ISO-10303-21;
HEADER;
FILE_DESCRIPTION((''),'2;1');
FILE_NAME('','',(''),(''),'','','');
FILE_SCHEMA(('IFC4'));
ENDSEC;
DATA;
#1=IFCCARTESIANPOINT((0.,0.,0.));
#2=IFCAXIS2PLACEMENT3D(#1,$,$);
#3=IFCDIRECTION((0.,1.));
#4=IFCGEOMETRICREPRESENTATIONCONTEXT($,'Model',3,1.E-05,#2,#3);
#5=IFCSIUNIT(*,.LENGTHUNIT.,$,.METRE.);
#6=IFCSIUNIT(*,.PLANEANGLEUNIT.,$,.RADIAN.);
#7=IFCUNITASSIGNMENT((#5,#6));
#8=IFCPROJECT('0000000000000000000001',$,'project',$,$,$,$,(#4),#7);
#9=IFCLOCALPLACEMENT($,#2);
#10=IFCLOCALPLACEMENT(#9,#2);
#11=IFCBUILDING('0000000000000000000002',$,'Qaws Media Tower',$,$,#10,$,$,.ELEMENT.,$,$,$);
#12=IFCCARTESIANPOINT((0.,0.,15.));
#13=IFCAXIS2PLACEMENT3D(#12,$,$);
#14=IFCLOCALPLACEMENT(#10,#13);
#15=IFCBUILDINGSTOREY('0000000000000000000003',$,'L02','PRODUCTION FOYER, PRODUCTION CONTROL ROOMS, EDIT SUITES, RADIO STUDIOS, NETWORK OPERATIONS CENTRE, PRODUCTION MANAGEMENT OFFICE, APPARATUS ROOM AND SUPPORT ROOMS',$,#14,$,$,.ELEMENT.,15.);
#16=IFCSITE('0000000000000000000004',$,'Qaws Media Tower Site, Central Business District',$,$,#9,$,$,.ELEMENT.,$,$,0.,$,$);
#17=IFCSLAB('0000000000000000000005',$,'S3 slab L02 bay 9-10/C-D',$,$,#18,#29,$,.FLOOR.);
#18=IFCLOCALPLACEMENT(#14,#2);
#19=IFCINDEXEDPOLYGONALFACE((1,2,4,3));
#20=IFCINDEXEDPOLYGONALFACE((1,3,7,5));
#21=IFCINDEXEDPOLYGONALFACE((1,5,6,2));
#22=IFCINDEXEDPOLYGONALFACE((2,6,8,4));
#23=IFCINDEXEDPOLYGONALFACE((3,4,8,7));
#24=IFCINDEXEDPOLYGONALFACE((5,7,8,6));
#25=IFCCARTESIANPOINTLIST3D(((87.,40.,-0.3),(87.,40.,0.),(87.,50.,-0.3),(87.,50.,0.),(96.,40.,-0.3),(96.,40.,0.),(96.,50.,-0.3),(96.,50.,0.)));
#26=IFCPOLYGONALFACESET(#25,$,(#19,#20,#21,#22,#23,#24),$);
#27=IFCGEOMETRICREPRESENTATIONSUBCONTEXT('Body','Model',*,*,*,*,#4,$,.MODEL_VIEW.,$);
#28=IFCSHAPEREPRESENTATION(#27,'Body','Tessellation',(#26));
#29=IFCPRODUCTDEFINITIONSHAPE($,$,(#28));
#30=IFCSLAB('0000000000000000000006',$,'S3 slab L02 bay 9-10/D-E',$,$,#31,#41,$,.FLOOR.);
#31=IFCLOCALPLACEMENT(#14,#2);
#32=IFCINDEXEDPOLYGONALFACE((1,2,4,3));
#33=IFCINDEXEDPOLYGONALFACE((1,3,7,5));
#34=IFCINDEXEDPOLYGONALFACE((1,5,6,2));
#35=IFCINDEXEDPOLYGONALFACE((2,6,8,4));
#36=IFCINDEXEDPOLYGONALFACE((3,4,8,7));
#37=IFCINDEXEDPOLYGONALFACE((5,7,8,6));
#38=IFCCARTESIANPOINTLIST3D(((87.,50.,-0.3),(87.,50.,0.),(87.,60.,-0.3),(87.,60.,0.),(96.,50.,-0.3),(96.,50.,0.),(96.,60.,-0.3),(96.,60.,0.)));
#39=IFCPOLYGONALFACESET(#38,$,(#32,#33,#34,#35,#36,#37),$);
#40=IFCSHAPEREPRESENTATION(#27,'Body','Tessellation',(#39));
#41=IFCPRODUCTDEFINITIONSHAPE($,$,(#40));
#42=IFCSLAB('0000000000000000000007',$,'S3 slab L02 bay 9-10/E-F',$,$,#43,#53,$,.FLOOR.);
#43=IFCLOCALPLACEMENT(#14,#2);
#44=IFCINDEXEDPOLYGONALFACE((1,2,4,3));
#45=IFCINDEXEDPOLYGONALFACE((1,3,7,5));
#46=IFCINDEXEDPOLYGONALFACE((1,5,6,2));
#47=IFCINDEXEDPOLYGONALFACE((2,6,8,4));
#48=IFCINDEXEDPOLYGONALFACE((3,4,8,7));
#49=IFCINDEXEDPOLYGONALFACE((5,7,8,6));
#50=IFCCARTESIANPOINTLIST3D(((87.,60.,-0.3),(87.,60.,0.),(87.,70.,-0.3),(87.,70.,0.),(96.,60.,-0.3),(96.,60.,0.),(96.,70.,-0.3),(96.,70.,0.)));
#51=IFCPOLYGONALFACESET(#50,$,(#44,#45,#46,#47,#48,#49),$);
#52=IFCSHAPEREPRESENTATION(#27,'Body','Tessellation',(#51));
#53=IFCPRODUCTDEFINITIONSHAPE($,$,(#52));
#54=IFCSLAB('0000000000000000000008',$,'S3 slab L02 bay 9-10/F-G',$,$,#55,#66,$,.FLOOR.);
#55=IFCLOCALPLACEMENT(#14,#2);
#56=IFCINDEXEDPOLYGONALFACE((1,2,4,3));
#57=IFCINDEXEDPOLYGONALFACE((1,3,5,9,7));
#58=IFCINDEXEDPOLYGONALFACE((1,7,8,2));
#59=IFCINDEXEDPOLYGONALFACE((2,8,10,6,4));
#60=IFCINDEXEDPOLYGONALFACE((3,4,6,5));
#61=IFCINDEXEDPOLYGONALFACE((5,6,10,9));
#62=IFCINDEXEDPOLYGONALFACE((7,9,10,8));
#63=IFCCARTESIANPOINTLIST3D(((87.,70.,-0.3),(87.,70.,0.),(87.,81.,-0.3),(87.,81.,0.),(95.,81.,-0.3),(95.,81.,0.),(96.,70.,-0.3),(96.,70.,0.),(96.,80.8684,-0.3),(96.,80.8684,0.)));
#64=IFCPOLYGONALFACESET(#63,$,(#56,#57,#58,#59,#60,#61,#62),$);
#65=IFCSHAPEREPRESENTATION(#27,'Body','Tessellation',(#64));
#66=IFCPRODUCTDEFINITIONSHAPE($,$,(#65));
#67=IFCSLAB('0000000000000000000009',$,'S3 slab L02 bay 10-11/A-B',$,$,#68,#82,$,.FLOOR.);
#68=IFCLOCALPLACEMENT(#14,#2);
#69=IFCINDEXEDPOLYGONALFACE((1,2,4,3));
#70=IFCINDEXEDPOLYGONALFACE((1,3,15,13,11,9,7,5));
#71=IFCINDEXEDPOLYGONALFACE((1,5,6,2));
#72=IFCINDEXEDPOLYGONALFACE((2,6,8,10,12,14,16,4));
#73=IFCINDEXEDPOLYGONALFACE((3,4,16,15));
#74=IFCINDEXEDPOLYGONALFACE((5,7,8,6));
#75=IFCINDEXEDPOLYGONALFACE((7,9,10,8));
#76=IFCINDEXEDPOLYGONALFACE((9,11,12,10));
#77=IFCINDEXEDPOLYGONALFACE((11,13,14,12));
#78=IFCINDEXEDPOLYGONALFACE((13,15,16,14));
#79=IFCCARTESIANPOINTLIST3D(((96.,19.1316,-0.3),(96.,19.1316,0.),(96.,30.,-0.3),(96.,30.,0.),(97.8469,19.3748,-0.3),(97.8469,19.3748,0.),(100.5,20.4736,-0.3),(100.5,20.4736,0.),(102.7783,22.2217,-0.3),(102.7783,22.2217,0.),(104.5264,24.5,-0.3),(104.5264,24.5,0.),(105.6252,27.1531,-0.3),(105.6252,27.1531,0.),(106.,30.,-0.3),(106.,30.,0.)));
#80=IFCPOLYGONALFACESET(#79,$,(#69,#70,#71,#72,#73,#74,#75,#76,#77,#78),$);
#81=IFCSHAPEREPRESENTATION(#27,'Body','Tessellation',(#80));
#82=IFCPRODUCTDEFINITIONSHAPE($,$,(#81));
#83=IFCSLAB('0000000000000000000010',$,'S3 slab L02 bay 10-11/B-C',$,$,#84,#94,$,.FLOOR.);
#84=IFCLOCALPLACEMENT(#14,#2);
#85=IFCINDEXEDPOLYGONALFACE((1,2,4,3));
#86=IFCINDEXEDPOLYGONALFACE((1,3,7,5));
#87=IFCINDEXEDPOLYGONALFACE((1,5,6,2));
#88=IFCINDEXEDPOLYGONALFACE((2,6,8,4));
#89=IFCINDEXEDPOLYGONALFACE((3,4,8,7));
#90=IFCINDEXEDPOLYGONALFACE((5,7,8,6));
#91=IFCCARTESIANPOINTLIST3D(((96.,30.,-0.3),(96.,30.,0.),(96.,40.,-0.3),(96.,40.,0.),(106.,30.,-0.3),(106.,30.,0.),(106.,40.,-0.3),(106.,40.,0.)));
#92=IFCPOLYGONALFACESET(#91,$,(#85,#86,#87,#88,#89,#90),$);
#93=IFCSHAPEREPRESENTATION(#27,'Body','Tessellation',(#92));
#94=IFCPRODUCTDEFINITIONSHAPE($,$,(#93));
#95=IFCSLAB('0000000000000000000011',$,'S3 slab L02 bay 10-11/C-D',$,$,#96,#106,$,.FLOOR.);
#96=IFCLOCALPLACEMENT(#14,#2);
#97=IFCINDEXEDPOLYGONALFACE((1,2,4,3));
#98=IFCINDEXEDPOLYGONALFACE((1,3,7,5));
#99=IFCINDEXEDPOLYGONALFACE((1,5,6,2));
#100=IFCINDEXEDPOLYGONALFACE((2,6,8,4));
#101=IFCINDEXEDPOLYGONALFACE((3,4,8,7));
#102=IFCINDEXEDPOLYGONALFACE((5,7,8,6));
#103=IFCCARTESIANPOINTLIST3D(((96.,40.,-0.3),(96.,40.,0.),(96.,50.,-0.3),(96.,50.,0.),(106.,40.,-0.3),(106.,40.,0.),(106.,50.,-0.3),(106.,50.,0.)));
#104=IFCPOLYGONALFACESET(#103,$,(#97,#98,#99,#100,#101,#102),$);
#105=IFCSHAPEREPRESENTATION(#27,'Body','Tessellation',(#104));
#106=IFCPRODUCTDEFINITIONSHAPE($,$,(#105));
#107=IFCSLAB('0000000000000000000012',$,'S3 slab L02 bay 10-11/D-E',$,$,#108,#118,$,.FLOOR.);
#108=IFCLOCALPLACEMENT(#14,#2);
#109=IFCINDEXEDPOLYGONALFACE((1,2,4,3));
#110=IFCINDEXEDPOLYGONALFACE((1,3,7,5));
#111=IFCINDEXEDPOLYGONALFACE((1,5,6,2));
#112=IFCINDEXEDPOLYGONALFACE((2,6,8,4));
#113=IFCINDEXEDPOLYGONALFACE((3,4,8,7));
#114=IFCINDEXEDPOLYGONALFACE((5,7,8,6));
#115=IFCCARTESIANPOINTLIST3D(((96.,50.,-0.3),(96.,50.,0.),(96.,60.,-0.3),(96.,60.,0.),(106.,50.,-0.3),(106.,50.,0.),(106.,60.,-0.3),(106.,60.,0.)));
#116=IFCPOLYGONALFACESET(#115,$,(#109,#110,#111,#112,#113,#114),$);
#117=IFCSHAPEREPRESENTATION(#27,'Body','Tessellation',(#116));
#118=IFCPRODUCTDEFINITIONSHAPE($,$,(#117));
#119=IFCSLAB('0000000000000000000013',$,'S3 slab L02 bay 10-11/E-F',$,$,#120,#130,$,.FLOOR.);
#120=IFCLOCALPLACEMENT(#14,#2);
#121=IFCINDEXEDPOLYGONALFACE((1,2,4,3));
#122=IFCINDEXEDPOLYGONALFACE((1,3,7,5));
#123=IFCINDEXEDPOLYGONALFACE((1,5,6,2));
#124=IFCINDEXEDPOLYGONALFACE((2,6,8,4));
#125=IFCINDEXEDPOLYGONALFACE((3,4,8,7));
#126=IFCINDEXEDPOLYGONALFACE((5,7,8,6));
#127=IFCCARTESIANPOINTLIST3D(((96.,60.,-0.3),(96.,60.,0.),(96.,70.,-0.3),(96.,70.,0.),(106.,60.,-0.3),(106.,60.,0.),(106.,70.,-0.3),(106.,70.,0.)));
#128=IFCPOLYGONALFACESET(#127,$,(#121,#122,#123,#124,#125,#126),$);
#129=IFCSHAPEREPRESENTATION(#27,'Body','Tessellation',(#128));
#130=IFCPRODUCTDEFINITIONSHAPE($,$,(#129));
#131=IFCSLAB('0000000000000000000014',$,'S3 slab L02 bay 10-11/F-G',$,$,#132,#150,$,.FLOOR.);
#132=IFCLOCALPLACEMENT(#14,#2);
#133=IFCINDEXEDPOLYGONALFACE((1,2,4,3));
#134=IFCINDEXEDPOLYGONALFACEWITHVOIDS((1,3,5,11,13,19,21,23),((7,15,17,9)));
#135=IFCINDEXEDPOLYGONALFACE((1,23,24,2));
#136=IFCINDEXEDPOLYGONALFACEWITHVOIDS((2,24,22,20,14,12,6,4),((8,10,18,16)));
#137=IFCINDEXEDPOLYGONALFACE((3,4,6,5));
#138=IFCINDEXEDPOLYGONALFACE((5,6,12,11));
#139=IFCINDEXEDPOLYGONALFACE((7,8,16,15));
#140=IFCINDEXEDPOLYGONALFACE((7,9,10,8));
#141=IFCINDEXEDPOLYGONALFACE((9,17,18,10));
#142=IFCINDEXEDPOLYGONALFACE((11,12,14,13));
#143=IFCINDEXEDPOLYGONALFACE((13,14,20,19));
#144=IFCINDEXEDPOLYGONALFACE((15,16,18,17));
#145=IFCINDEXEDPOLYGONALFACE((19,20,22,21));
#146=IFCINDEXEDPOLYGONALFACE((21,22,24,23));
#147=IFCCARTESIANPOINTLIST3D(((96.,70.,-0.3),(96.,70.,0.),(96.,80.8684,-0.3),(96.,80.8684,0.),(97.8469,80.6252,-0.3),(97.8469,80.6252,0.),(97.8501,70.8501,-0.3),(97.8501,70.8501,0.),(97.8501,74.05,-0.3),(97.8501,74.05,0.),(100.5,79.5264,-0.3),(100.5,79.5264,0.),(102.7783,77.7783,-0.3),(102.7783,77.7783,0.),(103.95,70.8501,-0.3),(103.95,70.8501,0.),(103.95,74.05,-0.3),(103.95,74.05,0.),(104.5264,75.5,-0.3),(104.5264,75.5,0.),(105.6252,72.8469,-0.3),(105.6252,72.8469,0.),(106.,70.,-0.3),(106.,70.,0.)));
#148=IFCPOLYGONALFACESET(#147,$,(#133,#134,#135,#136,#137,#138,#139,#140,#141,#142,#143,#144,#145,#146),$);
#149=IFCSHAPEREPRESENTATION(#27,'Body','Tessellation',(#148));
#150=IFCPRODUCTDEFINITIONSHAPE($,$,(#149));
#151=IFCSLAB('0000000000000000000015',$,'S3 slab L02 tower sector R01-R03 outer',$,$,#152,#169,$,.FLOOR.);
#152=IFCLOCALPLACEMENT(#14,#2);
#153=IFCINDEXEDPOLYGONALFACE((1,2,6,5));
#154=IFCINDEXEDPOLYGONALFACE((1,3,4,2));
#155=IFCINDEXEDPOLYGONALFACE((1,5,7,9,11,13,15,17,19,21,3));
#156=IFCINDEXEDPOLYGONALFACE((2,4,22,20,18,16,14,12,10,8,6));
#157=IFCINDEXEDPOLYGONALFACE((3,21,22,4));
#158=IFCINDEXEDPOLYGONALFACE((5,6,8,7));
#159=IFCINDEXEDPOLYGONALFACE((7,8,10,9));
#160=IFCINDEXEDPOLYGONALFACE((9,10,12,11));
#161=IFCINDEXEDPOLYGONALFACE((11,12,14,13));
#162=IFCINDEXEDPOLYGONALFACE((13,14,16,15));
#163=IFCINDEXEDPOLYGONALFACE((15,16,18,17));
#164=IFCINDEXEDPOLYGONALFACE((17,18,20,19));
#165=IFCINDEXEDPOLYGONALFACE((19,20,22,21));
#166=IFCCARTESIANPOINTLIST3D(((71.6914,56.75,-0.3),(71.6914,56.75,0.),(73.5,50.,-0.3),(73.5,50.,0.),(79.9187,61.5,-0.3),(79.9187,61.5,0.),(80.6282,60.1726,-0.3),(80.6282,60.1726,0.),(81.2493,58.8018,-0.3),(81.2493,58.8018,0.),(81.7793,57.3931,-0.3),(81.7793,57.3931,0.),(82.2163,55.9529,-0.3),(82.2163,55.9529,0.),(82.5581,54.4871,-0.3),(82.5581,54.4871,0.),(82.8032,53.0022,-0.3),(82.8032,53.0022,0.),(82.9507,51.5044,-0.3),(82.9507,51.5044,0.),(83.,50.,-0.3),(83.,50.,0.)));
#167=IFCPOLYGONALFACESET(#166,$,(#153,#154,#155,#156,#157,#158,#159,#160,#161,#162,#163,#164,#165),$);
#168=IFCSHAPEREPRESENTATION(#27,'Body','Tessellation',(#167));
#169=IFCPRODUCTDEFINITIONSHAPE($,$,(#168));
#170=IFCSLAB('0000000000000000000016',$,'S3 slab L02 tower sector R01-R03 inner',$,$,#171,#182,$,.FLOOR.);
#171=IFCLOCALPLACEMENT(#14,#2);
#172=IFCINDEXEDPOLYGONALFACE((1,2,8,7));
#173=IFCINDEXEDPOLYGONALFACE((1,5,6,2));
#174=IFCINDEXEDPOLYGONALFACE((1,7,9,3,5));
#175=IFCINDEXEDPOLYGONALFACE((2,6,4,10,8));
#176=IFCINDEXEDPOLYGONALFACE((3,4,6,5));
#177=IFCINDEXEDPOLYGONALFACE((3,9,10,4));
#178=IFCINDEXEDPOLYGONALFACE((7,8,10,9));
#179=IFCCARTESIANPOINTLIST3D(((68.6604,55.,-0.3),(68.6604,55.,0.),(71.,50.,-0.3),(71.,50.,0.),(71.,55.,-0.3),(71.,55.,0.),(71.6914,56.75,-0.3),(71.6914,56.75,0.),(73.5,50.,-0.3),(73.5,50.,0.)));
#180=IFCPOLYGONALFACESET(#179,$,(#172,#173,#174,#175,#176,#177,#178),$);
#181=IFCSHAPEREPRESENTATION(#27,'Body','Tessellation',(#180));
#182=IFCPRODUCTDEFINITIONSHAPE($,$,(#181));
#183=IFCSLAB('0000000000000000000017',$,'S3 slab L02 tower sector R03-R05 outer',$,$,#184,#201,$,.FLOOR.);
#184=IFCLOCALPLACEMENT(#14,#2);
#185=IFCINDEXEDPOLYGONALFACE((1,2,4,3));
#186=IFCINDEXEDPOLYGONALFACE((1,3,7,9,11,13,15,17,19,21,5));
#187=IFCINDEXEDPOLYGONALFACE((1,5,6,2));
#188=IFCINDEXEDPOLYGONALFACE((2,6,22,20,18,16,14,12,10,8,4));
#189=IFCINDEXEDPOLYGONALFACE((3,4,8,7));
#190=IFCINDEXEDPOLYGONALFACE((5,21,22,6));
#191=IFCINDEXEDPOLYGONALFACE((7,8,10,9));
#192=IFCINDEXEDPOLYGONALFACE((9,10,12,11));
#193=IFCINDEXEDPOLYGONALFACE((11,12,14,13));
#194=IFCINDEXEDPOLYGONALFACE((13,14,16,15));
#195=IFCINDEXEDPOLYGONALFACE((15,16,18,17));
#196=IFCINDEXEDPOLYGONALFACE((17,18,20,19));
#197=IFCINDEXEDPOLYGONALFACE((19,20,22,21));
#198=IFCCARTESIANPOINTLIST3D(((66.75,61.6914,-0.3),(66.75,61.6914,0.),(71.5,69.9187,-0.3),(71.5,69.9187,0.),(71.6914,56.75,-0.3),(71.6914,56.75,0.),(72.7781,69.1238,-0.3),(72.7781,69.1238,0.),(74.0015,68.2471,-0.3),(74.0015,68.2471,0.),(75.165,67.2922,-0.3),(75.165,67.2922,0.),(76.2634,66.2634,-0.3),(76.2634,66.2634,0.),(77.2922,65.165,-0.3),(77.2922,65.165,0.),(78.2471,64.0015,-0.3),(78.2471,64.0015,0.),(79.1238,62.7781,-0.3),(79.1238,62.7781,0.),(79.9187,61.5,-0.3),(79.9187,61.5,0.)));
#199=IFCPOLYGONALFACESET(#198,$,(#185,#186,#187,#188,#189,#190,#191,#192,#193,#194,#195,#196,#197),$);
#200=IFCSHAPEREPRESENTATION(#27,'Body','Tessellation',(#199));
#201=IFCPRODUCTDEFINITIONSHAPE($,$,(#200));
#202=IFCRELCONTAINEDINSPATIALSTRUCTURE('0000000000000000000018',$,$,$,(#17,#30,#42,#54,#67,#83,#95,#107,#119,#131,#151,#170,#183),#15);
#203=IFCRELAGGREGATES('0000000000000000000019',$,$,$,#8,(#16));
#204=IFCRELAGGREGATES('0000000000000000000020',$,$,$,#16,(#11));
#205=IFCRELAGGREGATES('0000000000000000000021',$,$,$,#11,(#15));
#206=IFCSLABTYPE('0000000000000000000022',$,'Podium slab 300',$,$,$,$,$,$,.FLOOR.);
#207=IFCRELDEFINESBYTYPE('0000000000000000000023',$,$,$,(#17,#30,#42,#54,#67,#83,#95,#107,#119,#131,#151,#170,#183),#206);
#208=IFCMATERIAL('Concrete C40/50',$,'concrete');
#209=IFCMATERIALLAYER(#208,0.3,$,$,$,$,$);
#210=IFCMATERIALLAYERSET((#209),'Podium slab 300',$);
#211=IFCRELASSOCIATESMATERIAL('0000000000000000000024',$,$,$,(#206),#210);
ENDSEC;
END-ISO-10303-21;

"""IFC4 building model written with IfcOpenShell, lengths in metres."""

from ifc_helpers import new_model, si_unit, direction, frame, origin, place, context, subcontext, project, spatial, polyline, outline, extrude, material, layer, layer_set, type_object, element, save


model = new_model("IFC4")

# Units and contexts
model_context = context("Model", 3, precision=1e-05, world=origin(), true_north=direction((0.0, 1.0)))
body_context = subcontext(model_context, "Body", "Model", "MODEL_VIEW")
ifc_project = project(units=[si_unit("LENGTHUNIT", "METRE"), si_unit("PLANEANGLEUNIT", "RADIAN")], contexts=[model_context])

# Site, building, storey
site_placement = place(None, origin())
site = spatial("IfcSite", under=ifc_project, at=site_placement, Name="Qaws Media Tower Site, Central Business District", CompositionType="ELEMENT", RefElevation=0.0)
building_placement = place(site_placement, origin())
building = spatial("IfcBuilding", under=site, at=building_placement, Name="Qaws Media Tower", CompositionType="ELEMENT")
storey_placement = place(building_placement, frame((0.0, 0.0, 15.0)))
storey = spatial("IfcBuildingStorey", under=building, at=storey_placement, Name="L02", Description="PRODUCTION FOYER, PRODUCTION CONTROL ROOMS, EDIT SUITES, RADIO STUDIOS, NETWORK OPERATIONS CENTRE, PRODUCTION MANAGEMENT OFFICE, APPARATUS ROOM AND SUPPORT ROOMS", CompositionType="ELEMENT", Elevation=15.0)

# Slabs
ifc_material = material(Name="Concrete C40/50", Category="concrete")
ifc_layer = layer(ifc_material, 0.3)
ifc_layer_set = layer_set([ifc_layer], Name="Podium slab 300")
slab_type = type_object("IfcSlabType", Name="Podium slab 300", PredefinedType="FLOOR", material=ifc_layer_set)
slab_1_placement = place(storey_placement, frame((0.0, 0.0, -0.3)))
element("IfcSlab", 1, at=slab_1_placement, inside=storey, type_object=slab_type, Name="S3 slab L02 bay 9-10/C-D", PredefinedType="FLOOR", context=body_context, shape_type="SweptSolid", body=[
    extrude(outline(polyline([(87.0, 40.0), (87.0, 50.0), (96.0, 50.0), (96.0, 40.0), (87.0, 40.0)])), origin(), (0.0, 0.0, 1.0), 0.3),
])
slab_2_placement = place(storey_placement, frame((0.0, 0.0, -0.3)))
element("IfcSlab", 2, at=slab_2_placement, inside=storey, type_object=slab_type, Name="S3 slab L02 bay 9-10/D-E", PredefinedType="FLOOR", context=body_context, shape_type="SweptSolid", body=[
    extrude(outline(polyline([(87.0, 50.0), (87.0, 60.0), (96.0, 60.0), (96.0, 50.0), (87.0, 50.0)])), origin(), (0.0, 0.0, 1.0), 0.3),
])
slab_3_placement = place(storey_placement, frame((0.0, 0.0, -0.3)))
element("IfcSlab", 3, at=slab_3_placement, inside=storey, type_object=slab_type, Name="S3 slab L02 bay 9-10/E-F", PredefinedType="FLOOR", context=body_context, shape_type="SweptSolid", body=[
    extrude(outline(polyline([(87.0, 60.0), (87.0, 70.0), (96.0, 70.0), (96.0, 60.0), (87.0, 60.0)])), origin(), (0.0, 0.0, 1.0), 0.3),
])
slab_4_placement = place(storey_placement, frame((0.0, 0.0, -0.3)))
element("IfcSlab", 4, at=slab_4_placement, inside=storey, type_object=slab_type, Name="S3 slab L02 bay 9-10/F-G", PredefinedType="FLOOR", context=body_context, shape_type="SweptSolid", body=[
    extrude(outline(polyline([(95.0, 81.0), (96.0, 80.8684), (96.0, 70.0), (87.0, 70.0), (87.0, 81.0), (95.0, 81.0)])), origin(), (0.0, 0.0, 1.0), 0.3),
])
slab_5_placement = place(storey_placement, frame((0.0, 0.0, -0.3)))
element("IfcSlab", 5, at=slab_5_placement, inside=storey, type_object=slab_type, Name="S3 slab L02 bay 10-11/A-B", PredefinedType="FLOOR", context=body_context, shape_type="SweptSolid", body=[
    extrude(outline(polyline([(105.6252, 27.1531), (104.5264, 24.5), (102.7783, 22.2217), (100.5, 20.4736), (97.8469, 19.3748), (96.0, 19.1316), (96.0, 30.0), (106.0, 30.0), (105.6252, 27.1531)])), origin(), (0.0, 0.0, 1.0), 0.3),
])
slab_6_placement = place(storey_placement, frame((0.0, 0.0, -0.3)))
element("IfcSlab", 6, at=slab_6_placement, inside=storey, type_object=slab_type, Name="S3 slab L02 bay 10-11/B-C", PredefinedType="FLOOR", context=body_context, shape_type="SweptSolid", body=[
    extrude(outline(polyline([(106.0, 30.0), (96.0, 30.0), (96.0, 40.0), (106.0, 40.0), (106.0, 30.0)])), origin(), (0.0, 0.0, 1.0), 0.3),
])
slab_7_placement = place(storey_placement, frame((0.0, 0.0, -0.3)))
element("IfcSlab", 7, at=slab_7_placement, inside=storey, type_object=slab_type, Name="S3 slab L02 bay 10-11/C-D", PredefinedType="FLOOR", context=body_context, shape_type="SweptSolid", body=[
    extrude(outline(polyline([(106.0, 40.0), (96.0, 40.0), (96.0, 50.0), (106.0, 50.0), (106.0, 40.0)])), origin(), (0.0, 0.0, 1.0), 0.3),
])
slab_8_placement = place(storey_placement, frame((0.0, 0.0, -0.3)))
element("IfcSlab", 8, at=slab_8_placement, inside=storey, type_object=slab_type, Name="S3 slab L02 bay 10-11/D-E", PredefinedType="FLOOR", context=body_context, shape_type="SweptSolid", body=[
    extrude(outline(polyline([(106.0, 50.0), (96.0, 50.0), (96.0, 60.0), (106.0, 60.0), (106.0, 50.0)])), origin(), (0.0, 0.0, 1.0), 0.3),
])
slab_9_placement = place(storey_placement, frame((0.0, 0.0, -0.3)))
element("IfcSlab", 9, at=slab_9_placement, inside=storey, type_object=slab_type, Name="S3 slab L02 bay 10-11/E-F", PredefinedType="FLOOR", context=body_context, shape_type="SweptSolid", body=[
    extrude(outline(polyline([(106.0, 60.0), (96.0, 60.0), (96.0, 70.0), (106.0, 70.0), (106.0, 60.0)])), origin(), (0.0, 0.0, 1.0), 0.3),
])
slab_10_placement = place(storey_placement, frame((0.0, 0.0, -0.3)))
element("IfcSlab", 10, at=slab_10_placement, inside=storey, type_object=slab_type, Name="S3 slab L02 bay 10-11/F-G", PredefinedType="FLOOR", context=body_context, shape_type="SweptSolid", body=[
    extrude(outline(polyline([(97.8469, 80.6252), (100.5, 79.5264), (102.7783, 77.7783), (104.5264, 75.5), (105.6252, 72.8469), (106.0, 70.0), (96.0, 70.0), (96.0, 80.8684), (97.8469, 80.6252)]), holes=[polyline([(97.8501, 74.05), (97.8501, 70.8501), (103.95, 70.8501), (103.95, 74.05), (97.8501, 74.05)])]), origin(), (0.0, 0.0, 1.0), 0.3),
])
slab_11_placement = place(storey_placement, frame((0.0, 0.0, -0.3)))
element("IfcSlab", 11, at=slab_11_placement, inside=storey, type_object=slab_type, Name="S3 slab L02 tower sector R01-R03 outer", PredefinedType="FLOOR", context=body_context, shape_type="SweptSolid", body=[
    extrude(outline(polyline([(82.8032, 53.0022), (82.9507, 51.5044), (83.0, 50.0), (73.5, 50.0), (71.6914, 56.75), (79.9187, 61.5), (80.6282, 60.1726), (81.2493, 58.8018), (81.7793, 57.3931), (82.2163, 55.9529), (82.5581, 54.4871), (82.8032, 53.0022)])), origin(), (0.0, 0.0, 1.0), 0.3),
])
slab_12_placement = place(storey_placement, frame((0.0, 0.0, -0.3)))
element("IfcSlab", 12, at=slab_12_placement, inside=storey, type_object=slab_type, Name="S3 slab L02 tower sector R01-R03 inner", PredefinedType="FLOOR", context=body_context, shape_type="SweptSolid", body=[
    extrude(outline(polyline([(71.0, 50.0), (71.0, 55.0), (68.6604, 55.0), (71.6914, 56.75), (73.5, 50.0), (71.0, 50.0)])), origin(), (0.0, 0.0, 1.0), 0.3),
])
slab_13_placement = place(storey_placement, frame((0.0, 0.0, -0.3)))
element("IfcSlab", 13, at=slab_13_placement, inside=storey, type_object=slab_type, Name="S3 slab L02 tower sector R03-R05 outer", PredefinedType="FLOOR", context=body_context, shape_type="SweptSolid", body=[
    extrude(outline(polyline([(78.2471, 64.0015), (79.1238, 62.7781), (79.9187, 61.5), (71.6914, 56.75), (66.75, 61.6914), (71.5, 69.9187), (72.7781, 69.1238), (74.0015, 68.2471), (75.165, 67.2922), (76.2634, 66.2634), (77.2922, 65.165), (78.2471, 64.0015)])), origin(), (0.0, 0.0, 1.0), 0.3),
])

save(model, "model.ifc")
